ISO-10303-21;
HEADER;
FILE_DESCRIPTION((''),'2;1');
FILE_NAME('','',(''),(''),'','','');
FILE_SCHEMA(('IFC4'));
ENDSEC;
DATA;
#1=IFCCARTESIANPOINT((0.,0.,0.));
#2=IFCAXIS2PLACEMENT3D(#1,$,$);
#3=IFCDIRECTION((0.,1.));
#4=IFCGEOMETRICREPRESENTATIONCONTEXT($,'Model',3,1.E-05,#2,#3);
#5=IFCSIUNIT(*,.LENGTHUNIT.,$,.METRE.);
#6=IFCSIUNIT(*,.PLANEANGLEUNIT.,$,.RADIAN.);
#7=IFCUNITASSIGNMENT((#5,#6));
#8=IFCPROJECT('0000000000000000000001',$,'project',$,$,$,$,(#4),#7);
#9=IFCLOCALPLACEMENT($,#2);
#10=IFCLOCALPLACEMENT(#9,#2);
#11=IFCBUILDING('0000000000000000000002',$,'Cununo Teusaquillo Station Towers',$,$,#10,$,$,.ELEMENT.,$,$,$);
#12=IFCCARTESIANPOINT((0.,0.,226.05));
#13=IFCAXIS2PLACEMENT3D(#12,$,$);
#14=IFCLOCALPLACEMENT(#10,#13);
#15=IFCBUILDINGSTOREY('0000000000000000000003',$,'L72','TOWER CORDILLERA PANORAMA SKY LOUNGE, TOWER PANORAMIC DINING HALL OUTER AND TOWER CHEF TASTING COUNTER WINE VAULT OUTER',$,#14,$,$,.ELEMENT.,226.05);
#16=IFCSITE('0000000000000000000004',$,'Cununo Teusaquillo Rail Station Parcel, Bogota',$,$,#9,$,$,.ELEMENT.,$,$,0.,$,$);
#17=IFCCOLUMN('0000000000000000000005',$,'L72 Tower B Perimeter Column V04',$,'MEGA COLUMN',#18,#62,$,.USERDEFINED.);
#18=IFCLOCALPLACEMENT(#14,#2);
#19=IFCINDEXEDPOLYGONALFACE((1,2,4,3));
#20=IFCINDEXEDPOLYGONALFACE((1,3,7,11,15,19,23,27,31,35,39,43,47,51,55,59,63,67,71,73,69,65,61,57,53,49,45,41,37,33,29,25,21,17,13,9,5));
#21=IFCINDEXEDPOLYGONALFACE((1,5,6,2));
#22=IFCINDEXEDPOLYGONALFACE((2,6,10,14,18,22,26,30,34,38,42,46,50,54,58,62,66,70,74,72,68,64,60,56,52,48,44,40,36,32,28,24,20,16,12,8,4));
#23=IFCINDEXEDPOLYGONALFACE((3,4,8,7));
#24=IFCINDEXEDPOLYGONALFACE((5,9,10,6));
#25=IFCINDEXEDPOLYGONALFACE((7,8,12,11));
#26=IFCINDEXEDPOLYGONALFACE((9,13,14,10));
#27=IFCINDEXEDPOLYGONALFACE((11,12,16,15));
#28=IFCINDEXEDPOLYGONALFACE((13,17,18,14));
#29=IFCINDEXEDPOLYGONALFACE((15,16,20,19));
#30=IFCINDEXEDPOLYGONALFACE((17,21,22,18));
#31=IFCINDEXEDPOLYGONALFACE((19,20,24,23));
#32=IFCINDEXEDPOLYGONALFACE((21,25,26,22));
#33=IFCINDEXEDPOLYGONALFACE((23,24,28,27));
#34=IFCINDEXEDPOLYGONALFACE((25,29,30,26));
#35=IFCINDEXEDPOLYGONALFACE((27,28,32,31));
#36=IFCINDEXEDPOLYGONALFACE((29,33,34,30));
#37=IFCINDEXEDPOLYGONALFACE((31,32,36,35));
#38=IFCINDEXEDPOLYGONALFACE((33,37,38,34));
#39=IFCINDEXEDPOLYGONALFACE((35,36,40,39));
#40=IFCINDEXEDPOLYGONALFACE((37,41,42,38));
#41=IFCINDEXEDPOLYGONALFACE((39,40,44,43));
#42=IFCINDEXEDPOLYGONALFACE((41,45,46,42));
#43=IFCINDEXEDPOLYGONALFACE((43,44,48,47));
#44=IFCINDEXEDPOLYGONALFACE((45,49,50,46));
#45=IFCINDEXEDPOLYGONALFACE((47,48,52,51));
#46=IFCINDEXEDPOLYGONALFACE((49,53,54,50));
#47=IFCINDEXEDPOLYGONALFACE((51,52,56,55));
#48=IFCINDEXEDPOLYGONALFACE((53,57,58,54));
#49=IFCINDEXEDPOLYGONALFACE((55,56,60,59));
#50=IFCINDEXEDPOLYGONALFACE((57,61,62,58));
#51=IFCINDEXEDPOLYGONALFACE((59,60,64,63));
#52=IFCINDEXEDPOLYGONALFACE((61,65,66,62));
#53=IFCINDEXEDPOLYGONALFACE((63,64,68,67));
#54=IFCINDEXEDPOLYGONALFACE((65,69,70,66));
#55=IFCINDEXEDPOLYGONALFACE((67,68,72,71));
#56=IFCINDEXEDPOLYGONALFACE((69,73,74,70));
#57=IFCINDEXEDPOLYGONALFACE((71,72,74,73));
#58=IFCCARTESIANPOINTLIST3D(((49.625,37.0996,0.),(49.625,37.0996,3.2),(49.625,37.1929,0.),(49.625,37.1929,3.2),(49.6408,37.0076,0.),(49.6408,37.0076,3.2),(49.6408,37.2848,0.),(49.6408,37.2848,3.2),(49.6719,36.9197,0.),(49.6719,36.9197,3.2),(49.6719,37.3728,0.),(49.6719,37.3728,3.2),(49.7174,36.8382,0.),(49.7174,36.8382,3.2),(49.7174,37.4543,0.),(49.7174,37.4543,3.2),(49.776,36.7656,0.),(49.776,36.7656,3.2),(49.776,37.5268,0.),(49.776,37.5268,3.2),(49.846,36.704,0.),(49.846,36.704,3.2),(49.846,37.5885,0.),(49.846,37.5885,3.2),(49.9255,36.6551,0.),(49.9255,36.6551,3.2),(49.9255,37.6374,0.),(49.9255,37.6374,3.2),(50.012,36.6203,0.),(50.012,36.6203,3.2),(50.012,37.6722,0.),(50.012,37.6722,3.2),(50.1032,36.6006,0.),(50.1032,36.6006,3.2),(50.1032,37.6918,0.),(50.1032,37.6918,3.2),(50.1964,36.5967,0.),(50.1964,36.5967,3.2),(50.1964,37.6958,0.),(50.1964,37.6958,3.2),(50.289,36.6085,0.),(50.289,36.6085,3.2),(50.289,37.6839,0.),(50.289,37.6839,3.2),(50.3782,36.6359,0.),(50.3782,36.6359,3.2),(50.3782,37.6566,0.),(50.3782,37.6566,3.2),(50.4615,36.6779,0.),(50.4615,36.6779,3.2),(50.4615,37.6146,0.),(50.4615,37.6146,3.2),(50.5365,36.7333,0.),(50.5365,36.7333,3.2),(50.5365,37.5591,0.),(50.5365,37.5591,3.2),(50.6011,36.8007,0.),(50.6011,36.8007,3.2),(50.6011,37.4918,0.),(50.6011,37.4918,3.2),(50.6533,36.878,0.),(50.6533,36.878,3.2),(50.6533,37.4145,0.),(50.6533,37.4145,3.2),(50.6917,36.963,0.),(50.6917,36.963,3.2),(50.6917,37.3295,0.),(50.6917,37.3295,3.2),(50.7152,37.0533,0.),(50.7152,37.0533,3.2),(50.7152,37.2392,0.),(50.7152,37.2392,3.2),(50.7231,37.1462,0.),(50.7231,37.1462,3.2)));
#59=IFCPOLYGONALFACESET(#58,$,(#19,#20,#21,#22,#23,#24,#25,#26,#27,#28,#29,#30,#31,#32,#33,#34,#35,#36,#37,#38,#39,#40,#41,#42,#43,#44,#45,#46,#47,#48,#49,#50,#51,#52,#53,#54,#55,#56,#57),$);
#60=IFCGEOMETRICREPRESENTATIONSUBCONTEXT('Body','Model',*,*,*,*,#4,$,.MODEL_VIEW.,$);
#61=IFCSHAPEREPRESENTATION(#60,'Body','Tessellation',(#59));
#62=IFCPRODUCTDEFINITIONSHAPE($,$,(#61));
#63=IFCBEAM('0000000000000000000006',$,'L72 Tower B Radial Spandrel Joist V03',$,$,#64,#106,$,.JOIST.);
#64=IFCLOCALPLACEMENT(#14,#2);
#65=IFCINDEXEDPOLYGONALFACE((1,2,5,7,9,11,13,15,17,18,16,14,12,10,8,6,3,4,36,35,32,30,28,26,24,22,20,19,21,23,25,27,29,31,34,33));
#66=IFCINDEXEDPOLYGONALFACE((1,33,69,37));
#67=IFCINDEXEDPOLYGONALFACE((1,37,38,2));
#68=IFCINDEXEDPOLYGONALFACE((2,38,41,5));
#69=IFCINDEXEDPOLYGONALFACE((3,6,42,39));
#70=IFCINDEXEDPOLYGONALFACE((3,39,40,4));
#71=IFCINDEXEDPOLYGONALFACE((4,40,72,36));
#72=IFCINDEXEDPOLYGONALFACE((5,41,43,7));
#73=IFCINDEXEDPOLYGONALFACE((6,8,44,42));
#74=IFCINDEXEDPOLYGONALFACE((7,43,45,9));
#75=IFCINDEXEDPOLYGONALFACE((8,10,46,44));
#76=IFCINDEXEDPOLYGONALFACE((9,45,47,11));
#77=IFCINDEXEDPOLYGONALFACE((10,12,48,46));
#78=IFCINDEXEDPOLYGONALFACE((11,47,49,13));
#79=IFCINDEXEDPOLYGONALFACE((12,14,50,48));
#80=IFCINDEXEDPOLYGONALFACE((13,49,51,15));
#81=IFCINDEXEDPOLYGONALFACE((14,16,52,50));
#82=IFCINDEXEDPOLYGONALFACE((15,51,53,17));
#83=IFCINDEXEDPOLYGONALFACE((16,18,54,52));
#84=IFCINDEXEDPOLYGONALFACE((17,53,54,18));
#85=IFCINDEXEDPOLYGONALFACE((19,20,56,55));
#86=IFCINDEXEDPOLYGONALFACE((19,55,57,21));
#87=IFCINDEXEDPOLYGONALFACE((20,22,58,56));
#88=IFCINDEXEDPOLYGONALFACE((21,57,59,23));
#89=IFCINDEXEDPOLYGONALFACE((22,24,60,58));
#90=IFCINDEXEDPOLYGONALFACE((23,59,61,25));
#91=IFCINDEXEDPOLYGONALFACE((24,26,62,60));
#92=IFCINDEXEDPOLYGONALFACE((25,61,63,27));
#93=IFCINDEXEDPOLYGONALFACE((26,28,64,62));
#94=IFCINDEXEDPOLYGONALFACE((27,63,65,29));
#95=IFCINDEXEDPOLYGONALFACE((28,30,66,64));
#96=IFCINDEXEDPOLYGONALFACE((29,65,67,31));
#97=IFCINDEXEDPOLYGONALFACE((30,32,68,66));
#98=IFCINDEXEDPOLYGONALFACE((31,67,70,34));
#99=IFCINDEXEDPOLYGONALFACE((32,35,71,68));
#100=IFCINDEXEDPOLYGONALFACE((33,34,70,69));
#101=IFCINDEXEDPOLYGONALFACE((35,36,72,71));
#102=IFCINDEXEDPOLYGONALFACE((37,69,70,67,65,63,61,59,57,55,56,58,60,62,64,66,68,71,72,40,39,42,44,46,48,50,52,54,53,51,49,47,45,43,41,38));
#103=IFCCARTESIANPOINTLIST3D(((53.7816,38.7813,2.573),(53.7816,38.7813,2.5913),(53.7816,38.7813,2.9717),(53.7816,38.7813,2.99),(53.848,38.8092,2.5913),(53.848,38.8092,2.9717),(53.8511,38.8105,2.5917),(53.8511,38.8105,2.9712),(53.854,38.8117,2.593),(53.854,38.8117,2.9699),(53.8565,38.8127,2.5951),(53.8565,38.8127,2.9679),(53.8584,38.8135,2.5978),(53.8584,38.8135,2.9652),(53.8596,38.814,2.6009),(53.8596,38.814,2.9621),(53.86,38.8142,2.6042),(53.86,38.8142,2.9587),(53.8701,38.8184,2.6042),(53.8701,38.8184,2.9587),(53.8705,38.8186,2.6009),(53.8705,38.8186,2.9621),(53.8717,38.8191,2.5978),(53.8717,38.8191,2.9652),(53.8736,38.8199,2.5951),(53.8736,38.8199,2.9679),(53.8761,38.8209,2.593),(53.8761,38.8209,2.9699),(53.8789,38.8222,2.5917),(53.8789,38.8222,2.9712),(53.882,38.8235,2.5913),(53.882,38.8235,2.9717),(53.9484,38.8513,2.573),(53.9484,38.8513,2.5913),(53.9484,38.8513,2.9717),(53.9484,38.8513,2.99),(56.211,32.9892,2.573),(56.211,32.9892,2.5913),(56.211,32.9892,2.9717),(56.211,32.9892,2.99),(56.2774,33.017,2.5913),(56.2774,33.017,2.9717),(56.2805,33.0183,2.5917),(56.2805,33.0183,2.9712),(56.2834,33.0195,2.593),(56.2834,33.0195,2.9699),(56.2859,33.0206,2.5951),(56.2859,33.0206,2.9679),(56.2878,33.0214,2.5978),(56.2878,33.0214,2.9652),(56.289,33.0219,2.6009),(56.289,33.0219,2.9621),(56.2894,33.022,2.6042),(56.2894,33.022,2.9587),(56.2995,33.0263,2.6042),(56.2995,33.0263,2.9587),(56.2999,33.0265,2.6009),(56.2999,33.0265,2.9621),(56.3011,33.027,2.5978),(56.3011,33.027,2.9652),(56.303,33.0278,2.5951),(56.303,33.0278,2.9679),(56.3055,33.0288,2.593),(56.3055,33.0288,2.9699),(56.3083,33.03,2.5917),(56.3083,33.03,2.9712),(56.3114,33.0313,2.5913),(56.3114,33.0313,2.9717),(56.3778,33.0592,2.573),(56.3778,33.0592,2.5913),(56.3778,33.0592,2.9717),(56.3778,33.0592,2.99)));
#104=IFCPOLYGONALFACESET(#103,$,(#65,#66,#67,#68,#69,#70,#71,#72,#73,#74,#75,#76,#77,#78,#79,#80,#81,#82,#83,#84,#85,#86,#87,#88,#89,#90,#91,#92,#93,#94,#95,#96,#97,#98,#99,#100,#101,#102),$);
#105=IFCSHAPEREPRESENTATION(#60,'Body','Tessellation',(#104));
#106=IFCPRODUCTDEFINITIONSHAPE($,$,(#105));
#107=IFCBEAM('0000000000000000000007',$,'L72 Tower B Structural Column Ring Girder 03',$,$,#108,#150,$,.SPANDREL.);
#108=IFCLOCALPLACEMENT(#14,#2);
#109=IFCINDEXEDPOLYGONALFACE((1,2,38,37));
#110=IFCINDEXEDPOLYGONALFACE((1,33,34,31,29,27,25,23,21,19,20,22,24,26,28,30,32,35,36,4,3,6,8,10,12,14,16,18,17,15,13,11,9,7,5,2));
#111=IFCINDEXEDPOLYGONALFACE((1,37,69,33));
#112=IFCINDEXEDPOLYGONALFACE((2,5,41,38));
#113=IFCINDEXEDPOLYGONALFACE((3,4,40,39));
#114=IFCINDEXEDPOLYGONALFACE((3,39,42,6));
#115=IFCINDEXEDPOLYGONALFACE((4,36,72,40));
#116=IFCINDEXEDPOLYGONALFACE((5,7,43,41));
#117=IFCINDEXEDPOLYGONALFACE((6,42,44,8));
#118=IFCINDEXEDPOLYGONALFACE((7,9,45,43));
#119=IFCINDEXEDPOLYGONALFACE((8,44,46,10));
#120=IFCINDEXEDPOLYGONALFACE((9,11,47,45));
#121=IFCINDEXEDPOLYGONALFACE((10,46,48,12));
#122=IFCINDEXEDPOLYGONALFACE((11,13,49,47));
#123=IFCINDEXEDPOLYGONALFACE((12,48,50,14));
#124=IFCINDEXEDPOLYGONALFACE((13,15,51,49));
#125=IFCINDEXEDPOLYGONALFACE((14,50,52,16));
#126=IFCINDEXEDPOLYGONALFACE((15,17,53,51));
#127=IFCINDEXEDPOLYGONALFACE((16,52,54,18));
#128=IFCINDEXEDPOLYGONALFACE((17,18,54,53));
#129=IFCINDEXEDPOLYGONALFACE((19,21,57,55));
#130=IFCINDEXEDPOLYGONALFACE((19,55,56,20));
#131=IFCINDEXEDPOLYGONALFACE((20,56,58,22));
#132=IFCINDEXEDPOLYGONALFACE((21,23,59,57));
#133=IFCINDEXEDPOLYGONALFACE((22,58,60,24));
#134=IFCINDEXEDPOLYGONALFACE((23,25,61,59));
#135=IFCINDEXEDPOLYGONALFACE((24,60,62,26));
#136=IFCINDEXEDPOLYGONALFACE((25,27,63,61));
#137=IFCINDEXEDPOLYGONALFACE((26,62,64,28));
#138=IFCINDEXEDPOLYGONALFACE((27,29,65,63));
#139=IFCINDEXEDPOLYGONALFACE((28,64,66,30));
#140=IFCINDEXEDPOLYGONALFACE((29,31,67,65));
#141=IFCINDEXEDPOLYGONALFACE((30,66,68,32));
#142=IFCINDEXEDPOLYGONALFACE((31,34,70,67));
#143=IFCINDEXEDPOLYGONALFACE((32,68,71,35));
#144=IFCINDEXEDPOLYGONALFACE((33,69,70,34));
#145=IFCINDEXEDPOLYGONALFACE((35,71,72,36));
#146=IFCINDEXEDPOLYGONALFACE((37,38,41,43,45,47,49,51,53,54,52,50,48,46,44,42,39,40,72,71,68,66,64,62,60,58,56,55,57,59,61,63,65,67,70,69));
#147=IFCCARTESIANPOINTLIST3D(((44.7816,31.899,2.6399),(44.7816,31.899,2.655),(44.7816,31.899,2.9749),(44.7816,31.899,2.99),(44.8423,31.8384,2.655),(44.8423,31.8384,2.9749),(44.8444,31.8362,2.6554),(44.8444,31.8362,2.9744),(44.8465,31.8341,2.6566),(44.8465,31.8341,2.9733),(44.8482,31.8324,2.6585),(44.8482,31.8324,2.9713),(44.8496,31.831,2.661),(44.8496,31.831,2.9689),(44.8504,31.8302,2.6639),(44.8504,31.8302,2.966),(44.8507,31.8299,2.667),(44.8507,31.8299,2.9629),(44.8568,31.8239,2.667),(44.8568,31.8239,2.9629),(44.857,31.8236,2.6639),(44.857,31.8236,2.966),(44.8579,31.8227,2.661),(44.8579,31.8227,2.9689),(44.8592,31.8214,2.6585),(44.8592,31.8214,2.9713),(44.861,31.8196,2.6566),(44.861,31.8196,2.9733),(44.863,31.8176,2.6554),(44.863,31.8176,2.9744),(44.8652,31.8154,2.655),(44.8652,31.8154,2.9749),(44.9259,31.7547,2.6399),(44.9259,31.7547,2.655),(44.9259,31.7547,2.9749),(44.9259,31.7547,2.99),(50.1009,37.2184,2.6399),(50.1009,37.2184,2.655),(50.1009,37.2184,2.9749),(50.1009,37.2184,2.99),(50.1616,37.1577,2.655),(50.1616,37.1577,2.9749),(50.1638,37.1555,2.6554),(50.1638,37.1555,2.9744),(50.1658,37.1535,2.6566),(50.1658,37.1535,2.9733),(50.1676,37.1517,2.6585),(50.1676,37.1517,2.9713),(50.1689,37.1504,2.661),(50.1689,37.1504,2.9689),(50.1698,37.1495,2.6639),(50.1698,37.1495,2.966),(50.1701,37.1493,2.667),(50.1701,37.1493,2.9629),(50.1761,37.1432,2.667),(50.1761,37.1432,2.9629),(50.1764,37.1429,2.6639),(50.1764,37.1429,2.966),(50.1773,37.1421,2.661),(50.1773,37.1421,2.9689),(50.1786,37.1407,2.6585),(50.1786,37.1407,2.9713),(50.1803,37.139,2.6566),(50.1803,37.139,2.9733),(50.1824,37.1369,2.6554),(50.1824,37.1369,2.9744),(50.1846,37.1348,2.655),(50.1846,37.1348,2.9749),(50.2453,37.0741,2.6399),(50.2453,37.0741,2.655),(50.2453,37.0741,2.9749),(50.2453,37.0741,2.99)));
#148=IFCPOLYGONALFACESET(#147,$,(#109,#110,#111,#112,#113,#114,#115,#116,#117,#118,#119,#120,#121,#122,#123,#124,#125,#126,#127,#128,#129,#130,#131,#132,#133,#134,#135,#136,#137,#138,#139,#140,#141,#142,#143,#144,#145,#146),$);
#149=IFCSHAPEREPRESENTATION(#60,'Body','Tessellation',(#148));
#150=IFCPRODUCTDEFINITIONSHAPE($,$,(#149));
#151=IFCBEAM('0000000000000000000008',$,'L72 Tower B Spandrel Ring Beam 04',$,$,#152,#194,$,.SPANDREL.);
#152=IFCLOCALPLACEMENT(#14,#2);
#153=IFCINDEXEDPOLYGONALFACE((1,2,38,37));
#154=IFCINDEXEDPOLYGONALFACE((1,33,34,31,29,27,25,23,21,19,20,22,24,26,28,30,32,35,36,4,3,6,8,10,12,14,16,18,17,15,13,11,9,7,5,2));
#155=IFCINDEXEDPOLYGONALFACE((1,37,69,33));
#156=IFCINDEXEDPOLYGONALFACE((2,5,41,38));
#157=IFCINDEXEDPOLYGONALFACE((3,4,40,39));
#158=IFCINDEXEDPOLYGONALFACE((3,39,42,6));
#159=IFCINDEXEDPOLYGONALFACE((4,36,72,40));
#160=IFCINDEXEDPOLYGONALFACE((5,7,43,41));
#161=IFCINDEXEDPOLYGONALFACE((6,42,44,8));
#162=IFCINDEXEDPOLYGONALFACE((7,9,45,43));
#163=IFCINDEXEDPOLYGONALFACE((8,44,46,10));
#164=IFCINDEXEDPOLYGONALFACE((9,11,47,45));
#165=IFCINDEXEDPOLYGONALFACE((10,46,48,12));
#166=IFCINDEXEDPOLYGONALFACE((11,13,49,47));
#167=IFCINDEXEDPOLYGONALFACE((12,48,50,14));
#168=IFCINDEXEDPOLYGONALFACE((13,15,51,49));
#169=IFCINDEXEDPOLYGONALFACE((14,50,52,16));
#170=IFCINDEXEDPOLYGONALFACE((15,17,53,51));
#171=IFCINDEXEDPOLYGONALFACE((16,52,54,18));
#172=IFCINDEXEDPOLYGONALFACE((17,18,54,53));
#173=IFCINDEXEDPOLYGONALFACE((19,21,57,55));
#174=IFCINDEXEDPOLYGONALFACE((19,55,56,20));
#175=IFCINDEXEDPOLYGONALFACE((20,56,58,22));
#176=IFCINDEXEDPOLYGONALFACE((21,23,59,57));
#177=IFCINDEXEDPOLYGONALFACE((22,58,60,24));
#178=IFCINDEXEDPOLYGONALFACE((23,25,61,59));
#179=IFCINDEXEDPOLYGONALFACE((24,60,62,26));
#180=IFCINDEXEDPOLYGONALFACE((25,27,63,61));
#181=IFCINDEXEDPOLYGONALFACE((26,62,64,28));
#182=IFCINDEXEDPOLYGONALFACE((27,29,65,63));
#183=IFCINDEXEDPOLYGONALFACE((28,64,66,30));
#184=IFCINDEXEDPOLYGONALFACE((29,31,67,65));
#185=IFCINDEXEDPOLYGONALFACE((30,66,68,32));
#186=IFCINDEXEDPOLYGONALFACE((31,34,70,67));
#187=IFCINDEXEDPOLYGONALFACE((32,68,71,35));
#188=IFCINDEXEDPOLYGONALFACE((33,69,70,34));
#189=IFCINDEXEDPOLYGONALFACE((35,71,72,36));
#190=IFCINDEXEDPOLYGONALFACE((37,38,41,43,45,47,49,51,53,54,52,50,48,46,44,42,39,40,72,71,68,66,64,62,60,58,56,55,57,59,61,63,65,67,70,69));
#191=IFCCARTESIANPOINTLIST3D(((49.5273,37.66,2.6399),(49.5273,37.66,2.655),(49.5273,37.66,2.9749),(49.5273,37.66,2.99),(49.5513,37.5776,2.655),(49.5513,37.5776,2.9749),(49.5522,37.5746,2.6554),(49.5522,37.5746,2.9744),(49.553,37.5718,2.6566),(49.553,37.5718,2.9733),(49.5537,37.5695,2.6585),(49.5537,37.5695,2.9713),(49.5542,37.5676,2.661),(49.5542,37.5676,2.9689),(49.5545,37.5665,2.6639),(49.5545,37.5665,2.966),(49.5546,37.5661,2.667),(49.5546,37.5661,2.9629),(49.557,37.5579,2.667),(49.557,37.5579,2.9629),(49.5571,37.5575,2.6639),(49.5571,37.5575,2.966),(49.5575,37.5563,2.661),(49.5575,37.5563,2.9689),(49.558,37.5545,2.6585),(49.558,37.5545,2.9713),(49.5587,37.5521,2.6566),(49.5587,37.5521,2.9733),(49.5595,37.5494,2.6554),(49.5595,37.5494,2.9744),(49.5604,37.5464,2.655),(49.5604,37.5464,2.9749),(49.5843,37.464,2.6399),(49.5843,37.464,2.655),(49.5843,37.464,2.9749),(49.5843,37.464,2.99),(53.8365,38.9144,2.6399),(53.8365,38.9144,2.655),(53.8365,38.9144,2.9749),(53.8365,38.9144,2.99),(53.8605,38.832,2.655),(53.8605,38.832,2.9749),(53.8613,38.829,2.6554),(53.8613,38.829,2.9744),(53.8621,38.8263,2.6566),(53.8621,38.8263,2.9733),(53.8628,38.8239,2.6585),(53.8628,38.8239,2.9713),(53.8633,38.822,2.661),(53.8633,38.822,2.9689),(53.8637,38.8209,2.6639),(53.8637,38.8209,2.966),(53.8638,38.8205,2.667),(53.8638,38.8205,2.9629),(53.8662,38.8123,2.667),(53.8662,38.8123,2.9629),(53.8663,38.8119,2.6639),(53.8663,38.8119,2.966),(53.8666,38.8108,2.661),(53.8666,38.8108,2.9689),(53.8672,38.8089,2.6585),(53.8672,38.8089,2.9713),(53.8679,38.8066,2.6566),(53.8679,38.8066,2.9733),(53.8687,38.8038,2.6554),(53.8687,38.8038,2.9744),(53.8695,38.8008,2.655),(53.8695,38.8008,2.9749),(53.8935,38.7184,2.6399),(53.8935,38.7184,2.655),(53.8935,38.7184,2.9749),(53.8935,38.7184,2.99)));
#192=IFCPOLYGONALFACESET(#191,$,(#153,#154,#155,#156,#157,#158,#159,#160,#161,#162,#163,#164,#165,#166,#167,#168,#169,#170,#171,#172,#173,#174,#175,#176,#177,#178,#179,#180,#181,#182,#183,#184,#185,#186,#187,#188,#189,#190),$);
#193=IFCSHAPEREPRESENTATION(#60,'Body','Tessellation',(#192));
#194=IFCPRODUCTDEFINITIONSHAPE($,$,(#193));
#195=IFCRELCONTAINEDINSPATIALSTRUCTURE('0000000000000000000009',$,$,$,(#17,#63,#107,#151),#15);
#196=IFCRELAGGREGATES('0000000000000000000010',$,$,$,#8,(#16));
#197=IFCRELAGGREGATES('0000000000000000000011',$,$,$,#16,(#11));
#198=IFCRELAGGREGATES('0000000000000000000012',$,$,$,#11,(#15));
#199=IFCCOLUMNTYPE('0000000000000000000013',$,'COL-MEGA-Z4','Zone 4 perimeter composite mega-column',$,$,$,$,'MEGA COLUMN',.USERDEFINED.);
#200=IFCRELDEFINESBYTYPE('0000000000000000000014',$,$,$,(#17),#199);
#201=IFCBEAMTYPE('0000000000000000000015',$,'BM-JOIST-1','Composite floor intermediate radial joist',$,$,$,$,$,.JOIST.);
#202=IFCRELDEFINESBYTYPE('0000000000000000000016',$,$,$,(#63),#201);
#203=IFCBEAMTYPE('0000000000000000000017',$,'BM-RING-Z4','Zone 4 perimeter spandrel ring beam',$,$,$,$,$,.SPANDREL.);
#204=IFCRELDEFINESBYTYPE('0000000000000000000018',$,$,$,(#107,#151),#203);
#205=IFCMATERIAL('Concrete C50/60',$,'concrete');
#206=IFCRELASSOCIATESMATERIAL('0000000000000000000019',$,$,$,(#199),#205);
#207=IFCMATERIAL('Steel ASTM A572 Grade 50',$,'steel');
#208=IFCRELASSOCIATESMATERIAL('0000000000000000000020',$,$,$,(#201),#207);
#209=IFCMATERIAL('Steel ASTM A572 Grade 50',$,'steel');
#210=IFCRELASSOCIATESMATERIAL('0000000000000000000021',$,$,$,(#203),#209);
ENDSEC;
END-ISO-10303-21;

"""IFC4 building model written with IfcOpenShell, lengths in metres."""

from ifc_helpers import new_model, si_unit, direction, frame, origin, origin_2d, place, context, subcontext, project, spatial, circle, i_section, extrude, material, material_profile, profile_set, type_object, element, save


model = new_model("IFC4")

# Units and contexts
model_context = context("Model", 3, precision=1e-05, world=origin(), true_north=direction((0.0, 1.0)))
body_context = subcontext(model_context, "Body", "Model", "MODEL_VIEW")
ifc_project = project(units=[si_unit("LENGTHUNIT", "METRE"), si_unit("PLANEANGLEUNIT", "RADIAN")], contexts=[model_context])

# Site, building, storey
site_placement = place(None, origin())
site = spatial("IfcSite", under=ifc_project, at=site_placement, Name="Cununo Teusaquillo Rail Station Parcel, Bogota", CompositionType="ELEMENT", RefElevation=0.0)
building_placement = place(site_placement, origin())
building = spatial("IfcBuilding", under=site, at=building_placement, Name="Cununo Teusaquillo Station Towers", CompositionType="ELEMENT")
storey_placement = place(building_placement, frame((0.0, 0.0, 226.05)))
storey = spatial("IfcBuildingStorey", under=building, at=storey_placement, Name="L72", Description="TOWER CORDILLERA PANORAMA SKY LOUNGE, TOWER PANORAMIC DINING HALL OUTER AND TOWER CHEF TASTING COUNTER WINE VAULT OUTER", CompositionType="ELEMENT", Elevation=226.05)

# Column
ifc_material_1 = material(Name="Concrete C50/60", Category="concrete")
ifc_material_profile_1 = material_profile(ifc_material_1, circle(Radius=0.55, at=origin_2d()), Name="RC-CIRC-1100")
ifc_profile_set_1 = profile_set([ifc_material_profile_1], Name="Concrete C50/60")
column_type = type_object("IfcColumnType", Name="COL-MEGA-Z4", Description="Zone 4 perimeter composite mega-column", ElementType="MEGA COLUMN", PredefinedType="USERDEFINED", material=ifc_profile_set_1)
column_placement = place(storey_placement, frame((50.1731, 37.1462, 0.0), z_axis=(0.0, 0.0, 1.0), x_axis=(1.0, 0.0, 0.0)))
element("IfcColumn", 1, at=column_placement, inside=storey, type_object=column_type, Name="L72 Tower B Perimeter Column V04", ObjectType="MEGA COLUMN", PredefinedType="USERDEFINED", context=body_context, shape_type="SweptSolid", body=[
    extrude(circle(Radius=0.55, at=origin_2d()), origin(), (0.0, 0.0, 1.0), 3.2),
])

# Beams
ifc_material_2 = material(Name="Steel ASTM A572 Grade 50", Category="steel")
ifc_material_profile_2 = material_profile(ifc_material_2, i_section(OverallWidth=0.1809, OverallDepth=0.417, WebThickness=0.011, FlangeThickness=0.0183, FilletRadius=0.0129, at=origin_2d()), Name="W16X57")
ifc_profile_set_2 = profile_set([ifc_material_profile_2], Name="Steel ASTM A572 Grade 50")
beam_type_1 = type_object("IfcBeamType", Name="BM-JOIST-1", Description="Composite floor intermediate radial joist", PredefinedType="JOIST", material=ifc_profile_set_2)
beam_1_placement = place(storey_placement, frame((56.2944, 33.0242, 2.7815), z_axis=(-0.386786, 0.922169, 0.0), x_axis=(-0.922169, -0.386786, 0.0)))
element("IfcBeam", 2, at=beam_1_placement, inside=storey, type_object=beam_type_1, Name="L72 Tower B Radial Spandrel Joist V03", PredefinedType="JOIST", context=body_context, shape_type="SweptSolid", body=[
    extrude(i_section(OverallWidth=0.1809, OverallDepth=0.417, WebThickness=0.011, FlangeThickness=0.0183, FilletRadius=0.0129, at=origin_2d()), origin(), (0.0, 0.0, 1.0), 6.281),
])
ifc_material_3 = material(Name="Steel ASTM A572 Grade 50", Category="steel")
ifc_material_profile_3 = material_profile(ifc_material_3, i_section(OverallWidth=0.2041, OverallDepth=0.3501, WebThickness=0.0085, FlangeThickness=0.0151, FilletRadius=0.012, at=origin_2d()), Name="W14X48")
ifc_profile_set_3 = profile_set([ifc_material_profile_3], Name="Steel ASTM A572 Grade 50")
beam_type_2 = type_object("IfcBeamType", Name="BM-RING-Z4", Description="Zone 4 perimeter spandrel ring beam", PredefinedType="SPANDREL", material=ifc_profile_set_3)
beam_2_placement = place(storey_placement, frame((50.1731, 37.1462, 2.8149), z_axis=(-0.707107, -0.707107, 0.0), x_axis=(0.707107, -0.707107, 0.0)))
element("IfcBeam", 3, at=beam_2_placement, inside=storey, type_object=beam_type_2, Name="L72 Tower B Structural Column Ring Girder 03", PredefinedType="SPANDREL", context=body_context, shape_type="SweptSolid", body=[
    extrude(i_section(OverallWidth=0.2041, OverallDepth=0.3501, WebThickness=0.0085, FlangeThickness=0.0151, FilletRadius=0.012, at=origin_2d()), origin(), (0.0, 0.0, 1.0), 7.5227),
])
beam_3_placement = place(storey_placement, frame((53.865, 38.8164, 2.8149), z_axis=(-0.960145, -0.279503, 0.0), x_axis=(0.279503, -0.960145, 0.0)))
element("IfcBeam", 4, at=beam_3_placement, inside=storey, type_object=beam_type_2, Name="L72 Tower B Spandrel Ring Beam 04", PredefinedType="SPANDREL", context=body_context, shape_type="SweptSolid", body=[
    extrude(i_section(OverallWidth=0.2041, OverallDepth=0.3501, WebThickness=0.0085, FlangeThickness=0.0151, FilletRadius=0.012, at=origin_2d()), origin(), (0.0, 0.0, 1.0), 4.488),
])

save(model, "model.ifc")
